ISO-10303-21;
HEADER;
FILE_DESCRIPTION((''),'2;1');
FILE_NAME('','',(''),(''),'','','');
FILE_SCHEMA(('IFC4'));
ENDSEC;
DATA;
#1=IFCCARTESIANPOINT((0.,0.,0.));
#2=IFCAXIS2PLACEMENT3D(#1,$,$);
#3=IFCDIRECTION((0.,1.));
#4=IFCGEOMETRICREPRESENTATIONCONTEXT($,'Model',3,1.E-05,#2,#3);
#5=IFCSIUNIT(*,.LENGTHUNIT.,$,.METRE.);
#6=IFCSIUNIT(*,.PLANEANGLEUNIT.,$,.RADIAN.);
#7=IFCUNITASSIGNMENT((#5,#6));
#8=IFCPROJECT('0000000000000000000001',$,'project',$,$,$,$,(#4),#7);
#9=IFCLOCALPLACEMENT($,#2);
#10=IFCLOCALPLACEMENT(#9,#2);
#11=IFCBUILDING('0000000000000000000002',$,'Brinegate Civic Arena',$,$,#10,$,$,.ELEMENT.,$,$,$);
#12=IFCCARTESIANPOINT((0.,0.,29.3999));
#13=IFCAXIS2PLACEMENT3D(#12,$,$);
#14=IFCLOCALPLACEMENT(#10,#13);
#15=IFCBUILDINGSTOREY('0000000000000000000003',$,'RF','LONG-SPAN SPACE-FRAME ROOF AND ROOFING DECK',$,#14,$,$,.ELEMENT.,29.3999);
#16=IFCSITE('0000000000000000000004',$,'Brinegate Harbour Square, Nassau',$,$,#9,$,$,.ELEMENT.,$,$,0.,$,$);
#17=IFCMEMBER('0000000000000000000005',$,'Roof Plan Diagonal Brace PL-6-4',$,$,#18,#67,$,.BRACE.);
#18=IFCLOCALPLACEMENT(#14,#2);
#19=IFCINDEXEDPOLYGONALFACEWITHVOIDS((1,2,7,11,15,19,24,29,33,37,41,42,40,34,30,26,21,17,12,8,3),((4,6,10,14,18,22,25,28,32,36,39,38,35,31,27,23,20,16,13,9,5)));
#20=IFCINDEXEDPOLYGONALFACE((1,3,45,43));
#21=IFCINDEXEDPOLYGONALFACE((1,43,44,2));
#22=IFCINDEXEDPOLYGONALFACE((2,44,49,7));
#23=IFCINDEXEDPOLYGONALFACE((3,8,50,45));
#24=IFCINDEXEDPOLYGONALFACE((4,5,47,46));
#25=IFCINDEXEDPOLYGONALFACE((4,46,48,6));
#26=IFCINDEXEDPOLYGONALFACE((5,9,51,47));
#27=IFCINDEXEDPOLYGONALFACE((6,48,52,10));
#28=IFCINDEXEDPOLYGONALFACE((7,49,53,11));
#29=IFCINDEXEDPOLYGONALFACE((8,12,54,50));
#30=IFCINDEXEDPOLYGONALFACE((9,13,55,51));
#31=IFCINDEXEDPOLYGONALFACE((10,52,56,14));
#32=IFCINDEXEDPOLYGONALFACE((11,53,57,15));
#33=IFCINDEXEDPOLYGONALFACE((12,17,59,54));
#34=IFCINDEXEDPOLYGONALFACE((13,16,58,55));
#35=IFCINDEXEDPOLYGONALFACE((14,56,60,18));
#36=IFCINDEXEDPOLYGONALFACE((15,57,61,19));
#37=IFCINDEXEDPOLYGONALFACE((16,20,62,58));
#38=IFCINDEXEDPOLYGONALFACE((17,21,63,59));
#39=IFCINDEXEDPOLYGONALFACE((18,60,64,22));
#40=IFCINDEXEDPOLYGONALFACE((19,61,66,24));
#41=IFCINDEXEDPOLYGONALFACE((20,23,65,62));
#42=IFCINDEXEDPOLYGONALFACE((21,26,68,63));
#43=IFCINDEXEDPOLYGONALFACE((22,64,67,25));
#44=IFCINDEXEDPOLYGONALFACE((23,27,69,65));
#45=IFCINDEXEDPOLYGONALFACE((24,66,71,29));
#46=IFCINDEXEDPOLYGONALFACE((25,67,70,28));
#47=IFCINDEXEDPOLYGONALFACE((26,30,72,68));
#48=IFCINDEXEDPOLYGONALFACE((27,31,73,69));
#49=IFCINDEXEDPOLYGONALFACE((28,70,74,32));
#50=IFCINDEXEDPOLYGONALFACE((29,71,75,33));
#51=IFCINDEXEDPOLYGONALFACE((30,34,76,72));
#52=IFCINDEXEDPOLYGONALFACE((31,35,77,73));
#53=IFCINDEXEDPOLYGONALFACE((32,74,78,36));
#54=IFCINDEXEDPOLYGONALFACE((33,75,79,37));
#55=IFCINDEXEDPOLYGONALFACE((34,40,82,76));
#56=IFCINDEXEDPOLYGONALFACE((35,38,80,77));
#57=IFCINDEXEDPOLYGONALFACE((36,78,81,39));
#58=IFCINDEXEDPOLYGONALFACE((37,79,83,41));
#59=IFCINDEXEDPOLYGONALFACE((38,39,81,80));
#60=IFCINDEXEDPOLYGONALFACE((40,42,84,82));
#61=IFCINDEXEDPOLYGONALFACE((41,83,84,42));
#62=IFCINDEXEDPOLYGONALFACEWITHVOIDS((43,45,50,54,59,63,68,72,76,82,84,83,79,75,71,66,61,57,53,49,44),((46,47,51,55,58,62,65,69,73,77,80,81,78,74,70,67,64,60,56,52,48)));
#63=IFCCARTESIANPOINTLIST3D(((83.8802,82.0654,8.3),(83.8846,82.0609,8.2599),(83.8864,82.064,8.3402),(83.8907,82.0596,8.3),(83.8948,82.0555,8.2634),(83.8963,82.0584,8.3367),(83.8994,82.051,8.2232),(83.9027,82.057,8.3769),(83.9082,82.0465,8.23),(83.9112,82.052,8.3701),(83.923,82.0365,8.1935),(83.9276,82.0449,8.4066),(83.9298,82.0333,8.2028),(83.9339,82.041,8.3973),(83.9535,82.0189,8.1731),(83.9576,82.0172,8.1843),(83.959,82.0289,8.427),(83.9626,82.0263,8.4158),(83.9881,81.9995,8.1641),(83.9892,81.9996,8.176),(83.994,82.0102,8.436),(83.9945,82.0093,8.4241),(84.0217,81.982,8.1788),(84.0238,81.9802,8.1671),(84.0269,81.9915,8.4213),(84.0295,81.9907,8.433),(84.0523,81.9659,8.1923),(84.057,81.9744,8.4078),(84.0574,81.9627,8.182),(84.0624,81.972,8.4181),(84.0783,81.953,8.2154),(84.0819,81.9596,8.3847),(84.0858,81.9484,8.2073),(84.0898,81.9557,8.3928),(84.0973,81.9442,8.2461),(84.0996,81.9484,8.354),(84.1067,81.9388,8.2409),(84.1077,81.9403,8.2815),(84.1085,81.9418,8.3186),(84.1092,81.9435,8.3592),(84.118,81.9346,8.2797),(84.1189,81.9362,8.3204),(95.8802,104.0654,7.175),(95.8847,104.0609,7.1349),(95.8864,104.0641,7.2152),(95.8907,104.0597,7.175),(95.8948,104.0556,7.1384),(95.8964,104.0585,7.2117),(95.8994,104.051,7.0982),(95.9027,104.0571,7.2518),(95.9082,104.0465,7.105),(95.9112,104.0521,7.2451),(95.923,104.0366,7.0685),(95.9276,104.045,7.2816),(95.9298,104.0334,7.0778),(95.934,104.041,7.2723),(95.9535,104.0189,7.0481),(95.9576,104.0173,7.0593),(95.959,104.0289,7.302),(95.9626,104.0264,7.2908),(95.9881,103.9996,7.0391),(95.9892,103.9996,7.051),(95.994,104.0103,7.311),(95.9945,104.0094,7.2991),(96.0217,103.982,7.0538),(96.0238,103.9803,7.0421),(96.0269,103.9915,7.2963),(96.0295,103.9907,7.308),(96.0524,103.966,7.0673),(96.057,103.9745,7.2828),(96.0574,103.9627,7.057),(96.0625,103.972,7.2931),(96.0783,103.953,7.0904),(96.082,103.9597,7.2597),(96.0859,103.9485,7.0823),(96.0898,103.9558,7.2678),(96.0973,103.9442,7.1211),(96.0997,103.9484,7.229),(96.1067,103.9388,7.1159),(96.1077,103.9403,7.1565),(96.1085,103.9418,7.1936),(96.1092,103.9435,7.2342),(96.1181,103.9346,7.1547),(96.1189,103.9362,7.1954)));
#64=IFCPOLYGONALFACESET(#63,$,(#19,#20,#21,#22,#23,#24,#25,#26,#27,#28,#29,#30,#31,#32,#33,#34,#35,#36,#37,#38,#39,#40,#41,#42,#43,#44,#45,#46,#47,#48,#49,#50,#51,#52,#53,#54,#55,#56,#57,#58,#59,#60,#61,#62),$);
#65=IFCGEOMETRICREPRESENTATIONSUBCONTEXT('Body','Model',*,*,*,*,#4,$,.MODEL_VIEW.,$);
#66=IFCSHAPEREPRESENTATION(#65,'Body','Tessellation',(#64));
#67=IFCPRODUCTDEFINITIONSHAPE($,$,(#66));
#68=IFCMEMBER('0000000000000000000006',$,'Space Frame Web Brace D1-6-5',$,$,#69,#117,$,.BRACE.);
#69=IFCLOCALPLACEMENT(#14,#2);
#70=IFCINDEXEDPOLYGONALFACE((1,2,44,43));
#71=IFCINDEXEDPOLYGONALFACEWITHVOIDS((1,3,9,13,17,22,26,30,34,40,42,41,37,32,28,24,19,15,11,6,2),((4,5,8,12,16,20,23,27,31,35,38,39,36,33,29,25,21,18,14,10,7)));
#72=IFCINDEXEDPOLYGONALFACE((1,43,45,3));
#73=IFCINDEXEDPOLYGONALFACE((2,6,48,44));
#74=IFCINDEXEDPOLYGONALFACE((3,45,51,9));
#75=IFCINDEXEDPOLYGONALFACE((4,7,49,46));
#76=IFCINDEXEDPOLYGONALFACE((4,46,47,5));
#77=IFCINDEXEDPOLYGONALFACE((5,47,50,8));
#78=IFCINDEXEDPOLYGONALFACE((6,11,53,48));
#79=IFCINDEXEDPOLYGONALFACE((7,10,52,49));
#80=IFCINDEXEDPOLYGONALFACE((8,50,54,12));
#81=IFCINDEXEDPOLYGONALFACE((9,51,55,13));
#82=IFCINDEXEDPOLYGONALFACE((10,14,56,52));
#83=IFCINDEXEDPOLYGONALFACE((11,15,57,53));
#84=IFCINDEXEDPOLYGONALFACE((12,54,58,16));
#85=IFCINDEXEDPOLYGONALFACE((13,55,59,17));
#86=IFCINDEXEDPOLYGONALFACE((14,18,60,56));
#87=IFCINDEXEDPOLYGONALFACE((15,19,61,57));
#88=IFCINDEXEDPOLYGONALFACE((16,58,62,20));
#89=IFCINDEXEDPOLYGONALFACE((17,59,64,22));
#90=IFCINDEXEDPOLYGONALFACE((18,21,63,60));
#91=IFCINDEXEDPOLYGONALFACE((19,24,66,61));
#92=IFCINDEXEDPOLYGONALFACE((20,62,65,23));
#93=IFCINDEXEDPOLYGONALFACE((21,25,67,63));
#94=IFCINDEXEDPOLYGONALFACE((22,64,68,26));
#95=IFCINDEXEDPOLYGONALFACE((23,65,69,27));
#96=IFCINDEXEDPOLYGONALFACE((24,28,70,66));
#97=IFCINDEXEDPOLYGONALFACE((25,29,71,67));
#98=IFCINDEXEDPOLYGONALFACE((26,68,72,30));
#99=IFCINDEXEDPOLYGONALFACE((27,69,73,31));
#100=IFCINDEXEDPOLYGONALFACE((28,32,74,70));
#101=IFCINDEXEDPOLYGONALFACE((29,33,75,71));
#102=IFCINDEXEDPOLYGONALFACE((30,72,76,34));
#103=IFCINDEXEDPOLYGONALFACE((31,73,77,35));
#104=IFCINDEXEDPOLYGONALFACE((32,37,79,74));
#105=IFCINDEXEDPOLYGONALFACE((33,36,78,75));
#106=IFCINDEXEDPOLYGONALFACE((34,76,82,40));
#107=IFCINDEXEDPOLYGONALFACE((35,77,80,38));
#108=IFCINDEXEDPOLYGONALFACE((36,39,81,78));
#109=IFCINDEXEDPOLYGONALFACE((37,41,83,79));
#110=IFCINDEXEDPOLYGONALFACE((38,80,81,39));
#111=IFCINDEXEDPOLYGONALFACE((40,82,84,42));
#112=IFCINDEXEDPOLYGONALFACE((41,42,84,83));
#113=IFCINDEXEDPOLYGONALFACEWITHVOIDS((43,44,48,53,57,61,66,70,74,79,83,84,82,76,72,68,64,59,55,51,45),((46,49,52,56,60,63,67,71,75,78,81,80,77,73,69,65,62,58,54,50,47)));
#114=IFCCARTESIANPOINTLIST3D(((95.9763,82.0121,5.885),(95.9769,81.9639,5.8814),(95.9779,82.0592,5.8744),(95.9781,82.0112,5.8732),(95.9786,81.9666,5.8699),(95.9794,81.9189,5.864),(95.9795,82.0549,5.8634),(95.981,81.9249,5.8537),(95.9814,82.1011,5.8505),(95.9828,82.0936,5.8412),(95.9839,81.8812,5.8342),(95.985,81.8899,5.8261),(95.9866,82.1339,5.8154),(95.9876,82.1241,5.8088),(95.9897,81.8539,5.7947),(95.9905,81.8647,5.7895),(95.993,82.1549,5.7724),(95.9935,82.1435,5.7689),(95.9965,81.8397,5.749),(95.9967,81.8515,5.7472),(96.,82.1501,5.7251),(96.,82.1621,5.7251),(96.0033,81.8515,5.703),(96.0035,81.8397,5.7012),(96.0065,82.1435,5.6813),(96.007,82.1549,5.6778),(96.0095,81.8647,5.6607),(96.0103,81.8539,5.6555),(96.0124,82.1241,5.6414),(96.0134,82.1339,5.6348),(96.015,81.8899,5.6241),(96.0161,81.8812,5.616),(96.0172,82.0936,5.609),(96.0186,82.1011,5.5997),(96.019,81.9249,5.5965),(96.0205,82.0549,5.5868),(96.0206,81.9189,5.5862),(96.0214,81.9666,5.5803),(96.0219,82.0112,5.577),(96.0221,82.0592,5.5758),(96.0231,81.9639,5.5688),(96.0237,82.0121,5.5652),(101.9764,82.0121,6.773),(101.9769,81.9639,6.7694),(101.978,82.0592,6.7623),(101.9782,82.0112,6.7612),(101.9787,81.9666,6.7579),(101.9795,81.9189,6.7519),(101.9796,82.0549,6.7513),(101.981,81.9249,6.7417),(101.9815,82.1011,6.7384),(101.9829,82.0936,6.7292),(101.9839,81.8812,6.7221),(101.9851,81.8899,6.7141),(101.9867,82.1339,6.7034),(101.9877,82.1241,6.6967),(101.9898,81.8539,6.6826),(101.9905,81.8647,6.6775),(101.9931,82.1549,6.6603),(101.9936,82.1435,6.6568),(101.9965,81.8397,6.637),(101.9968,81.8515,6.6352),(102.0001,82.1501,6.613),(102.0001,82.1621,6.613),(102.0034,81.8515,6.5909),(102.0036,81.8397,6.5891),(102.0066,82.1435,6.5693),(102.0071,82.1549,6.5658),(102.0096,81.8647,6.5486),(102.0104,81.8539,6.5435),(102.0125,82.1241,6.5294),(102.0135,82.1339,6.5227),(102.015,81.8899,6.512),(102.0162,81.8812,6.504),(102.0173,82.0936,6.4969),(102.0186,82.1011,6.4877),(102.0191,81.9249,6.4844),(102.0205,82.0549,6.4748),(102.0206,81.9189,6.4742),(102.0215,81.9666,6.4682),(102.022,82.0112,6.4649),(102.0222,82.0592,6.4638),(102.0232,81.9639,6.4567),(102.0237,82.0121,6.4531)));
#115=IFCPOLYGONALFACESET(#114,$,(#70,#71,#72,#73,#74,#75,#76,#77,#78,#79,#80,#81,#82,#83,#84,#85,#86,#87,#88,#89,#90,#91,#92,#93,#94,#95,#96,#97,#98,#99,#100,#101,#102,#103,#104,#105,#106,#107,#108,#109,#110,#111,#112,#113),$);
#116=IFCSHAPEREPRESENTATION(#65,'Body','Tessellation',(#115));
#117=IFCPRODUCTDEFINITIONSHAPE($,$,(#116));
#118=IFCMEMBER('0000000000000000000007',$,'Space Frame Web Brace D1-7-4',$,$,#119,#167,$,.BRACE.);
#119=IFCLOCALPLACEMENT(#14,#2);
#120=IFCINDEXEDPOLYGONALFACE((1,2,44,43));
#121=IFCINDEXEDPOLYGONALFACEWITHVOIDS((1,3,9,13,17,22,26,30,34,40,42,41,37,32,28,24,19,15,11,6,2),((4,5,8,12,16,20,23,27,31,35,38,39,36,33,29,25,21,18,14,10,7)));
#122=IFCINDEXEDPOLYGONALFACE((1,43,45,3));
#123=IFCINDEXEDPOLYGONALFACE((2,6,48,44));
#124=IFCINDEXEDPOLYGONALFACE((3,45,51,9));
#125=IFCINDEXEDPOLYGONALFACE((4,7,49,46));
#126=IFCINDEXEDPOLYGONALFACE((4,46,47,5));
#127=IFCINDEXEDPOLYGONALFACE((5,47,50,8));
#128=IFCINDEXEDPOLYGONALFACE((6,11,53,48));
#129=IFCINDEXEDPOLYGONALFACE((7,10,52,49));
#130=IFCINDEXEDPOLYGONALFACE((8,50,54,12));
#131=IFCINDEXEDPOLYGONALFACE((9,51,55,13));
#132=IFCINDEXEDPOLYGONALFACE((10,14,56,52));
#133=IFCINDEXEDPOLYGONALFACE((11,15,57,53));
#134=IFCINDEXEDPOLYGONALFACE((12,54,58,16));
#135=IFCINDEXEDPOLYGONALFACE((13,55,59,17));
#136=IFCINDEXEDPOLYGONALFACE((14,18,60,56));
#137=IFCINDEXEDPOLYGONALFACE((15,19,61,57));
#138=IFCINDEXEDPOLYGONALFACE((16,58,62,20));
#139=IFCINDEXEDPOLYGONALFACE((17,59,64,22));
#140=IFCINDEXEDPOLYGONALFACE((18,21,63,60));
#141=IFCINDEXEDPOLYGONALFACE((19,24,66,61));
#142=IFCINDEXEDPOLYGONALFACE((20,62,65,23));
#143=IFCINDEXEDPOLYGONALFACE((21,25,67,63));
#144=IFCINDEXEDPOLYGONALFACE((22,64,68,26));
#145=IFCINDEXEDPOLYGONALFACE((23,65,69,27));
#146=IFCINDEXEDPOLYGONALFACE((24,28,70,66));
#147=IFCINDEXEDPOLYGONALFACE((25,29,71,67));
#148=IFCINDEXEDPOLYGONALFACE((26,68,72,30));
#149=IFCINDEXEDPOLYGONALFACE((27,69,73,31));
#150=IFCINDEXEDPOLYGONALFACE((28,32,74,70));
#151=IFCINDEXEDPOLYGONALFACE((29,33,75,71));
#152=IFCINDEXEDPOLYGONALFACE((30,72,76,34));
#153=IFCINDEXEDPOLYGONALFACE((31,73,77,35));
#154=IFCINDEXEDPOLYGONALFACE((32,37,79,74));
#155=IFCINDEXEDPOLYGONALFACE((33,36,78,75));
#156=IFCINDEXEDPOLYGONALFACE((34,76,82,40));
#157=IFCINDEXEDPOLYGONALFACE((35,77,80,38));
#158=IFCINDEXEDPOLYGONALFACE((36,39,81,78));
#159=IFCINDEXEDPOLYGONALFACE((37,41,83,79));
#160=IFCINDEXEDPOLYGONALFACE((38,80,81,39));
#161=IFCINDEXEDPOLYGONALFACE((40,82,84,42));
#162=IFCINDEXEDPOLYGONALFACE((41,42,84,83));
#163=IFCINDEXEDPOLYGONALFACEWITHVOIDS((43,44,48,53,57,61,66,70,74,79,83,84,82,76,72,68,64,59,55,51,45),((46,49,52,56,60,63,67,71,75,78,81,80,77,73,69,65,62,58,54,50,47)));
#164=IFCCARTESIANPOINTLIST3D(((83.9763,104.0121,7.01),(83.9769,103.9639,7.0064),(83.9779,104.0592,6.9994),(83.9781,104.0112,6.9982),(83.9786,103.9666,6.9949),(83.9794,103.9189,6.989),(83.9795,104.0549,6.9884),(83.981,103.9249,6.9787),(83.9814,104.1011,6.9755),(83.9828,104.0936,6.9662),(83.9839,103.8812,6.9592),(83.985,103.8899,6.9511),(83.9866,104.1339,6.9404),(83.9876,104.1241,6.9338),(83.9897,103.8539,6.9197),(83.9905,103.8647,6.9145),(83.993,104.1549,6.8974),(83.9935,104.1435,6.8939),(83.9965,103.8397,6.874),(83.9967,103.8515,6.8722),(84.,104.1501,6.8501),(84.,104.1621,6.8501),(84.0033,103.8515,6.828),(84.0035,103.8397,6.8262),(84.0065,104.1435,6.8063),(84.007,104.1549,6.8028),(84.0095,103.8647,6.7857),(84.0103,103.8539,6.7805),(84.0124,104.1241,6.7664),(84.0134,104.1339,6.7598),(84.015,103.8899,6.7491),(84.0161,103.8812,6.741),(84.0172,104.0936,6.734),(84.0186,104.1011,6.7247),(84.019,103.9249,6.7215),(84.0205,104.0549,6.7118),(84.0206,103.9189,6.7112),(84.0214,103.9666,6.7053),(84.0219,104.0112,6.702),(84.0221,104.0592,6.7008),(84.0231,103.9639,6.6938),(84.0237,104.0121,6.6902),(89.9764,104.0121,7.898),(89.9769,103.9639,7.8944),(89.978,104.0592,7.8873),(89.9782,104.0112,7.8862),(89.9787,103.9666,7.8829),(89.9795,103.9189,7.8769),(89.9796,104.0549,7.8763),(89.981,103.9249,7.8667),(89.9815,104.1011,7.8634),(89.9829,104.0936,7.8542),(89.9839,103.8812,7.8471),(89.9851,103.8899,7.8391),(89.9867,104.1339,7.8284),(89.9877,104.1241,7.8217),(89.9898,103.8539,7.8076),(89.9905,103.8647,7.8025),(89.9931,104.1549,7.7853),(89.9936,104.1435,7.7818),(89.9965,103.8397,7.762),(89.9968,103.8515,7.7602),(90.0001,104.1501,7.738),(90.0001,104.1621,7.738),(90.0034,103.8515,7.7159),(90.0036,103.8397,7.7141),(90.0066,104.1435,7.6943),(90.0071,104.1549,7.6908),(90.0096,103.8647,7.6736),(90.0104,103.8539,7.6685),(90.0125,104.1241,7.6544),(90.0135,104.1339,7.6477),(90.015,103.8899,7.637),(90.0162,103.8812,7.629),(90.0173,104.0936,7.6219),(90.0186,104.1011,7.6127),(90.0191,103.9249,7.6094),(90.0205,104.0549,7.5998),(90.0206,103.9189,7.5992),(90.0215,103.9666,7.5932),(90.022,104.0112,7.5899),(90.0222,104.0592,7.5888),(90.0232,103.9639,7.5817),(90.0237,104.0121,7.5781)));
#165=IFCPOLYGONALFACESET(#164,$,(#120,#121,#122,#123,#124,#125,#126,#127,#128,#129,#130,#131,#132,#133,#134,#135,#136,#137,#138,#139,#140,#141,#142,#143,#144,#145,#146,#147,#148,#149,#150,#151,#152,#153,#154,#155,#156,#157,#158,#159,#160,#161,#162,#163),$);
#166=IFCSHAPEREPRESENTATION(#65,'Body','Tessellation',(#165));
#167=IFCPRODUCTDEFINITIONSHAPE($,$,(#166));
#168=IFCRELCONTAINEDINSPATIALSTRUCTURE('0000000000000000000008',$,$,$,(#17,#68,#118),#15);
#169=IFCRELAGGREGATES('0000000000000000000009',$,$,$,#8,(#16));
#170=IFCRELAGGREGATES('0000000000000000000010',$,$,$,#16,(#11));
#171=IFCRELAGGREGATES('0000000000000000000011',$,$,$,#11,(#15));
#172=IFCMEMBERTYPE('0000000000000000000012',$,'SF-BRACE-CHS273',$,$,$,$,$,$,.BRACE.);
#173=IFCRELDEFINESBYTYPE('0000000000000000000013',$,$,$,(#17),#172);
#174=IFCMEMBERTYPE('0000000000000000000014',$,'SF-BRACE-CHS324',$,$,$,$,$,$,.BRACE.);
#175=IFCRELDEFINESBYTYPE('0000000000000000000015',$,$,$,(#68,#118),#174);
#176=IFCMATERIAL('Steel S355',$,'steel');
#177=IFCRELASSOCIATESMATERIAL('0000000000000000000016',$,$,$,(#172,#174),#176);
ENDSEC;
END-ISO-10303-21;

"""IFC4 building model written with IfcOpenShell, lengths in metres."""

from ifc_helpers import new_model, si_unit, direction, frame, origin, origin_2d, place, context, subcontext, project, spatial, hollow_circle, extrude, material, material_profile, profile_set, type_object, element, save


model = new_model("IFC4")

# Units and contexts
model_context = context("Model", 3, precision=1e-05, world=origin(), true_north=direction((0.0, 1.0)))
body_context = subcontext(model_context, "Body", "Model", "MODEL_VIEW")
ifc_project = project(units=[si_unit("LENGTHUNIT", "METRE"), si_unit("PLANEANGLEUNIT", "RADIAN")], contexts=[model_context])

# Site, building, storey
site_placement = place(None, origin())
site = spatial("IfcSite", under=ifc_project, at=site_placement, Name="Brinegate Harbour Square, Nassau", CompositionType="ELEMENT", RefElevation=0.0)
building_placement = place(site_placement, origin())
building = spatial("IfcBuilding", under=site, at=building_placement, Name="Brinegate Civic Arena", CompositionType="ELEMENT")
storey_placement = place(building_placement, frame((0.0, 0.0, 29.3999)))
storey = spatial("IfcBuildingStorey", under=building, at=storey_placement, Name="RF", Description="LONG-SPAN SPACE-FRAME ROOF AND ROOFING DECK", CompositionType="ELEMENT", Elevation=29.3999)

# Members
ifc_material = material(Name="Steel S355", Category="steel")
ifc_material_profile_1 = material_profile(ifc_material, hollow_circle(Radius=0.1365, WallThickness=0.012, at=origin_2d()), Name="CHS273X12")
ifc_profile_set_1 = profile_set([ifc_material_profile_1], Name="Steel S355")
member_type_1 = type_object("IfcMemberType", Name="SF-BRACE-CHS273", PredefinedType="BRACE", material=ifc_profile_set_1)
member_1_placement = place(storey_placement, frame((84.0, 82.0, 8.3), z_axis=(0.47837, 0.877012, -0.044847), x_axis=(-0.877896, 0.478852, 0.0)))
element("IfcMember", 1, at=member_1_placement, inside=storey, type_object=member_type_1, Name="Roof Plan Diagonal Brace PL-6-4", PredefinedType="BRACE", context=body_context, shape_type="SweptSolid", body=[
    extrude(hollow_circle(Radius=0.1365, WallThickness=0.012, at=origin_2d()), origin(), (0.0, 0.0, 1.0), 25.0852),
])
ifc_material_profile_2 = material_profile(ifc_material, hollow_circle(Radius=0.1621, WallThickness=0.012, at=origin_2d()), Name="CHS324X12")
ifc_profile_set_2 = profile_set([ifc_material_profile_2], Name="Steel S355")
member_type_2 = type_object("IfcMemberType", Name="SF-BRACE-CHS324", PredefinedType="BRACE", material=ifc_profile_set_2)
for number, where, z_axis, x_axis, name in (
    (2, (96.0, 82.0, 5.7251), (0.989226, 0.0, 0.146395), (0.0, 1.0, 0.0), "Space Frame Web Brace D1-6-5"),
    (3, (84.0, 104.0, 6.8501), (0.989226, 0.0, 0.146395), (0.0, 1.0, 0.0), "Space Frame Web Brace D1-7-4"),
):
    element("IfcMember", number, at=place(storey_placement, frame(where, z_axis=z_axis, x_axis=x_axis)), inside=storey, type_object=member_type_2, Name=name, PredefinedType="BRACE", context=body_context, shape_type="SweptSolid", body=[
        extrude(hollow_circle(Radius=0.1621, WallThickness=0.012, at=origin_2d()), origin(), (0.0, 0.0, 1.0), 6.0654),
    ])

save(model, "model.ifc")
